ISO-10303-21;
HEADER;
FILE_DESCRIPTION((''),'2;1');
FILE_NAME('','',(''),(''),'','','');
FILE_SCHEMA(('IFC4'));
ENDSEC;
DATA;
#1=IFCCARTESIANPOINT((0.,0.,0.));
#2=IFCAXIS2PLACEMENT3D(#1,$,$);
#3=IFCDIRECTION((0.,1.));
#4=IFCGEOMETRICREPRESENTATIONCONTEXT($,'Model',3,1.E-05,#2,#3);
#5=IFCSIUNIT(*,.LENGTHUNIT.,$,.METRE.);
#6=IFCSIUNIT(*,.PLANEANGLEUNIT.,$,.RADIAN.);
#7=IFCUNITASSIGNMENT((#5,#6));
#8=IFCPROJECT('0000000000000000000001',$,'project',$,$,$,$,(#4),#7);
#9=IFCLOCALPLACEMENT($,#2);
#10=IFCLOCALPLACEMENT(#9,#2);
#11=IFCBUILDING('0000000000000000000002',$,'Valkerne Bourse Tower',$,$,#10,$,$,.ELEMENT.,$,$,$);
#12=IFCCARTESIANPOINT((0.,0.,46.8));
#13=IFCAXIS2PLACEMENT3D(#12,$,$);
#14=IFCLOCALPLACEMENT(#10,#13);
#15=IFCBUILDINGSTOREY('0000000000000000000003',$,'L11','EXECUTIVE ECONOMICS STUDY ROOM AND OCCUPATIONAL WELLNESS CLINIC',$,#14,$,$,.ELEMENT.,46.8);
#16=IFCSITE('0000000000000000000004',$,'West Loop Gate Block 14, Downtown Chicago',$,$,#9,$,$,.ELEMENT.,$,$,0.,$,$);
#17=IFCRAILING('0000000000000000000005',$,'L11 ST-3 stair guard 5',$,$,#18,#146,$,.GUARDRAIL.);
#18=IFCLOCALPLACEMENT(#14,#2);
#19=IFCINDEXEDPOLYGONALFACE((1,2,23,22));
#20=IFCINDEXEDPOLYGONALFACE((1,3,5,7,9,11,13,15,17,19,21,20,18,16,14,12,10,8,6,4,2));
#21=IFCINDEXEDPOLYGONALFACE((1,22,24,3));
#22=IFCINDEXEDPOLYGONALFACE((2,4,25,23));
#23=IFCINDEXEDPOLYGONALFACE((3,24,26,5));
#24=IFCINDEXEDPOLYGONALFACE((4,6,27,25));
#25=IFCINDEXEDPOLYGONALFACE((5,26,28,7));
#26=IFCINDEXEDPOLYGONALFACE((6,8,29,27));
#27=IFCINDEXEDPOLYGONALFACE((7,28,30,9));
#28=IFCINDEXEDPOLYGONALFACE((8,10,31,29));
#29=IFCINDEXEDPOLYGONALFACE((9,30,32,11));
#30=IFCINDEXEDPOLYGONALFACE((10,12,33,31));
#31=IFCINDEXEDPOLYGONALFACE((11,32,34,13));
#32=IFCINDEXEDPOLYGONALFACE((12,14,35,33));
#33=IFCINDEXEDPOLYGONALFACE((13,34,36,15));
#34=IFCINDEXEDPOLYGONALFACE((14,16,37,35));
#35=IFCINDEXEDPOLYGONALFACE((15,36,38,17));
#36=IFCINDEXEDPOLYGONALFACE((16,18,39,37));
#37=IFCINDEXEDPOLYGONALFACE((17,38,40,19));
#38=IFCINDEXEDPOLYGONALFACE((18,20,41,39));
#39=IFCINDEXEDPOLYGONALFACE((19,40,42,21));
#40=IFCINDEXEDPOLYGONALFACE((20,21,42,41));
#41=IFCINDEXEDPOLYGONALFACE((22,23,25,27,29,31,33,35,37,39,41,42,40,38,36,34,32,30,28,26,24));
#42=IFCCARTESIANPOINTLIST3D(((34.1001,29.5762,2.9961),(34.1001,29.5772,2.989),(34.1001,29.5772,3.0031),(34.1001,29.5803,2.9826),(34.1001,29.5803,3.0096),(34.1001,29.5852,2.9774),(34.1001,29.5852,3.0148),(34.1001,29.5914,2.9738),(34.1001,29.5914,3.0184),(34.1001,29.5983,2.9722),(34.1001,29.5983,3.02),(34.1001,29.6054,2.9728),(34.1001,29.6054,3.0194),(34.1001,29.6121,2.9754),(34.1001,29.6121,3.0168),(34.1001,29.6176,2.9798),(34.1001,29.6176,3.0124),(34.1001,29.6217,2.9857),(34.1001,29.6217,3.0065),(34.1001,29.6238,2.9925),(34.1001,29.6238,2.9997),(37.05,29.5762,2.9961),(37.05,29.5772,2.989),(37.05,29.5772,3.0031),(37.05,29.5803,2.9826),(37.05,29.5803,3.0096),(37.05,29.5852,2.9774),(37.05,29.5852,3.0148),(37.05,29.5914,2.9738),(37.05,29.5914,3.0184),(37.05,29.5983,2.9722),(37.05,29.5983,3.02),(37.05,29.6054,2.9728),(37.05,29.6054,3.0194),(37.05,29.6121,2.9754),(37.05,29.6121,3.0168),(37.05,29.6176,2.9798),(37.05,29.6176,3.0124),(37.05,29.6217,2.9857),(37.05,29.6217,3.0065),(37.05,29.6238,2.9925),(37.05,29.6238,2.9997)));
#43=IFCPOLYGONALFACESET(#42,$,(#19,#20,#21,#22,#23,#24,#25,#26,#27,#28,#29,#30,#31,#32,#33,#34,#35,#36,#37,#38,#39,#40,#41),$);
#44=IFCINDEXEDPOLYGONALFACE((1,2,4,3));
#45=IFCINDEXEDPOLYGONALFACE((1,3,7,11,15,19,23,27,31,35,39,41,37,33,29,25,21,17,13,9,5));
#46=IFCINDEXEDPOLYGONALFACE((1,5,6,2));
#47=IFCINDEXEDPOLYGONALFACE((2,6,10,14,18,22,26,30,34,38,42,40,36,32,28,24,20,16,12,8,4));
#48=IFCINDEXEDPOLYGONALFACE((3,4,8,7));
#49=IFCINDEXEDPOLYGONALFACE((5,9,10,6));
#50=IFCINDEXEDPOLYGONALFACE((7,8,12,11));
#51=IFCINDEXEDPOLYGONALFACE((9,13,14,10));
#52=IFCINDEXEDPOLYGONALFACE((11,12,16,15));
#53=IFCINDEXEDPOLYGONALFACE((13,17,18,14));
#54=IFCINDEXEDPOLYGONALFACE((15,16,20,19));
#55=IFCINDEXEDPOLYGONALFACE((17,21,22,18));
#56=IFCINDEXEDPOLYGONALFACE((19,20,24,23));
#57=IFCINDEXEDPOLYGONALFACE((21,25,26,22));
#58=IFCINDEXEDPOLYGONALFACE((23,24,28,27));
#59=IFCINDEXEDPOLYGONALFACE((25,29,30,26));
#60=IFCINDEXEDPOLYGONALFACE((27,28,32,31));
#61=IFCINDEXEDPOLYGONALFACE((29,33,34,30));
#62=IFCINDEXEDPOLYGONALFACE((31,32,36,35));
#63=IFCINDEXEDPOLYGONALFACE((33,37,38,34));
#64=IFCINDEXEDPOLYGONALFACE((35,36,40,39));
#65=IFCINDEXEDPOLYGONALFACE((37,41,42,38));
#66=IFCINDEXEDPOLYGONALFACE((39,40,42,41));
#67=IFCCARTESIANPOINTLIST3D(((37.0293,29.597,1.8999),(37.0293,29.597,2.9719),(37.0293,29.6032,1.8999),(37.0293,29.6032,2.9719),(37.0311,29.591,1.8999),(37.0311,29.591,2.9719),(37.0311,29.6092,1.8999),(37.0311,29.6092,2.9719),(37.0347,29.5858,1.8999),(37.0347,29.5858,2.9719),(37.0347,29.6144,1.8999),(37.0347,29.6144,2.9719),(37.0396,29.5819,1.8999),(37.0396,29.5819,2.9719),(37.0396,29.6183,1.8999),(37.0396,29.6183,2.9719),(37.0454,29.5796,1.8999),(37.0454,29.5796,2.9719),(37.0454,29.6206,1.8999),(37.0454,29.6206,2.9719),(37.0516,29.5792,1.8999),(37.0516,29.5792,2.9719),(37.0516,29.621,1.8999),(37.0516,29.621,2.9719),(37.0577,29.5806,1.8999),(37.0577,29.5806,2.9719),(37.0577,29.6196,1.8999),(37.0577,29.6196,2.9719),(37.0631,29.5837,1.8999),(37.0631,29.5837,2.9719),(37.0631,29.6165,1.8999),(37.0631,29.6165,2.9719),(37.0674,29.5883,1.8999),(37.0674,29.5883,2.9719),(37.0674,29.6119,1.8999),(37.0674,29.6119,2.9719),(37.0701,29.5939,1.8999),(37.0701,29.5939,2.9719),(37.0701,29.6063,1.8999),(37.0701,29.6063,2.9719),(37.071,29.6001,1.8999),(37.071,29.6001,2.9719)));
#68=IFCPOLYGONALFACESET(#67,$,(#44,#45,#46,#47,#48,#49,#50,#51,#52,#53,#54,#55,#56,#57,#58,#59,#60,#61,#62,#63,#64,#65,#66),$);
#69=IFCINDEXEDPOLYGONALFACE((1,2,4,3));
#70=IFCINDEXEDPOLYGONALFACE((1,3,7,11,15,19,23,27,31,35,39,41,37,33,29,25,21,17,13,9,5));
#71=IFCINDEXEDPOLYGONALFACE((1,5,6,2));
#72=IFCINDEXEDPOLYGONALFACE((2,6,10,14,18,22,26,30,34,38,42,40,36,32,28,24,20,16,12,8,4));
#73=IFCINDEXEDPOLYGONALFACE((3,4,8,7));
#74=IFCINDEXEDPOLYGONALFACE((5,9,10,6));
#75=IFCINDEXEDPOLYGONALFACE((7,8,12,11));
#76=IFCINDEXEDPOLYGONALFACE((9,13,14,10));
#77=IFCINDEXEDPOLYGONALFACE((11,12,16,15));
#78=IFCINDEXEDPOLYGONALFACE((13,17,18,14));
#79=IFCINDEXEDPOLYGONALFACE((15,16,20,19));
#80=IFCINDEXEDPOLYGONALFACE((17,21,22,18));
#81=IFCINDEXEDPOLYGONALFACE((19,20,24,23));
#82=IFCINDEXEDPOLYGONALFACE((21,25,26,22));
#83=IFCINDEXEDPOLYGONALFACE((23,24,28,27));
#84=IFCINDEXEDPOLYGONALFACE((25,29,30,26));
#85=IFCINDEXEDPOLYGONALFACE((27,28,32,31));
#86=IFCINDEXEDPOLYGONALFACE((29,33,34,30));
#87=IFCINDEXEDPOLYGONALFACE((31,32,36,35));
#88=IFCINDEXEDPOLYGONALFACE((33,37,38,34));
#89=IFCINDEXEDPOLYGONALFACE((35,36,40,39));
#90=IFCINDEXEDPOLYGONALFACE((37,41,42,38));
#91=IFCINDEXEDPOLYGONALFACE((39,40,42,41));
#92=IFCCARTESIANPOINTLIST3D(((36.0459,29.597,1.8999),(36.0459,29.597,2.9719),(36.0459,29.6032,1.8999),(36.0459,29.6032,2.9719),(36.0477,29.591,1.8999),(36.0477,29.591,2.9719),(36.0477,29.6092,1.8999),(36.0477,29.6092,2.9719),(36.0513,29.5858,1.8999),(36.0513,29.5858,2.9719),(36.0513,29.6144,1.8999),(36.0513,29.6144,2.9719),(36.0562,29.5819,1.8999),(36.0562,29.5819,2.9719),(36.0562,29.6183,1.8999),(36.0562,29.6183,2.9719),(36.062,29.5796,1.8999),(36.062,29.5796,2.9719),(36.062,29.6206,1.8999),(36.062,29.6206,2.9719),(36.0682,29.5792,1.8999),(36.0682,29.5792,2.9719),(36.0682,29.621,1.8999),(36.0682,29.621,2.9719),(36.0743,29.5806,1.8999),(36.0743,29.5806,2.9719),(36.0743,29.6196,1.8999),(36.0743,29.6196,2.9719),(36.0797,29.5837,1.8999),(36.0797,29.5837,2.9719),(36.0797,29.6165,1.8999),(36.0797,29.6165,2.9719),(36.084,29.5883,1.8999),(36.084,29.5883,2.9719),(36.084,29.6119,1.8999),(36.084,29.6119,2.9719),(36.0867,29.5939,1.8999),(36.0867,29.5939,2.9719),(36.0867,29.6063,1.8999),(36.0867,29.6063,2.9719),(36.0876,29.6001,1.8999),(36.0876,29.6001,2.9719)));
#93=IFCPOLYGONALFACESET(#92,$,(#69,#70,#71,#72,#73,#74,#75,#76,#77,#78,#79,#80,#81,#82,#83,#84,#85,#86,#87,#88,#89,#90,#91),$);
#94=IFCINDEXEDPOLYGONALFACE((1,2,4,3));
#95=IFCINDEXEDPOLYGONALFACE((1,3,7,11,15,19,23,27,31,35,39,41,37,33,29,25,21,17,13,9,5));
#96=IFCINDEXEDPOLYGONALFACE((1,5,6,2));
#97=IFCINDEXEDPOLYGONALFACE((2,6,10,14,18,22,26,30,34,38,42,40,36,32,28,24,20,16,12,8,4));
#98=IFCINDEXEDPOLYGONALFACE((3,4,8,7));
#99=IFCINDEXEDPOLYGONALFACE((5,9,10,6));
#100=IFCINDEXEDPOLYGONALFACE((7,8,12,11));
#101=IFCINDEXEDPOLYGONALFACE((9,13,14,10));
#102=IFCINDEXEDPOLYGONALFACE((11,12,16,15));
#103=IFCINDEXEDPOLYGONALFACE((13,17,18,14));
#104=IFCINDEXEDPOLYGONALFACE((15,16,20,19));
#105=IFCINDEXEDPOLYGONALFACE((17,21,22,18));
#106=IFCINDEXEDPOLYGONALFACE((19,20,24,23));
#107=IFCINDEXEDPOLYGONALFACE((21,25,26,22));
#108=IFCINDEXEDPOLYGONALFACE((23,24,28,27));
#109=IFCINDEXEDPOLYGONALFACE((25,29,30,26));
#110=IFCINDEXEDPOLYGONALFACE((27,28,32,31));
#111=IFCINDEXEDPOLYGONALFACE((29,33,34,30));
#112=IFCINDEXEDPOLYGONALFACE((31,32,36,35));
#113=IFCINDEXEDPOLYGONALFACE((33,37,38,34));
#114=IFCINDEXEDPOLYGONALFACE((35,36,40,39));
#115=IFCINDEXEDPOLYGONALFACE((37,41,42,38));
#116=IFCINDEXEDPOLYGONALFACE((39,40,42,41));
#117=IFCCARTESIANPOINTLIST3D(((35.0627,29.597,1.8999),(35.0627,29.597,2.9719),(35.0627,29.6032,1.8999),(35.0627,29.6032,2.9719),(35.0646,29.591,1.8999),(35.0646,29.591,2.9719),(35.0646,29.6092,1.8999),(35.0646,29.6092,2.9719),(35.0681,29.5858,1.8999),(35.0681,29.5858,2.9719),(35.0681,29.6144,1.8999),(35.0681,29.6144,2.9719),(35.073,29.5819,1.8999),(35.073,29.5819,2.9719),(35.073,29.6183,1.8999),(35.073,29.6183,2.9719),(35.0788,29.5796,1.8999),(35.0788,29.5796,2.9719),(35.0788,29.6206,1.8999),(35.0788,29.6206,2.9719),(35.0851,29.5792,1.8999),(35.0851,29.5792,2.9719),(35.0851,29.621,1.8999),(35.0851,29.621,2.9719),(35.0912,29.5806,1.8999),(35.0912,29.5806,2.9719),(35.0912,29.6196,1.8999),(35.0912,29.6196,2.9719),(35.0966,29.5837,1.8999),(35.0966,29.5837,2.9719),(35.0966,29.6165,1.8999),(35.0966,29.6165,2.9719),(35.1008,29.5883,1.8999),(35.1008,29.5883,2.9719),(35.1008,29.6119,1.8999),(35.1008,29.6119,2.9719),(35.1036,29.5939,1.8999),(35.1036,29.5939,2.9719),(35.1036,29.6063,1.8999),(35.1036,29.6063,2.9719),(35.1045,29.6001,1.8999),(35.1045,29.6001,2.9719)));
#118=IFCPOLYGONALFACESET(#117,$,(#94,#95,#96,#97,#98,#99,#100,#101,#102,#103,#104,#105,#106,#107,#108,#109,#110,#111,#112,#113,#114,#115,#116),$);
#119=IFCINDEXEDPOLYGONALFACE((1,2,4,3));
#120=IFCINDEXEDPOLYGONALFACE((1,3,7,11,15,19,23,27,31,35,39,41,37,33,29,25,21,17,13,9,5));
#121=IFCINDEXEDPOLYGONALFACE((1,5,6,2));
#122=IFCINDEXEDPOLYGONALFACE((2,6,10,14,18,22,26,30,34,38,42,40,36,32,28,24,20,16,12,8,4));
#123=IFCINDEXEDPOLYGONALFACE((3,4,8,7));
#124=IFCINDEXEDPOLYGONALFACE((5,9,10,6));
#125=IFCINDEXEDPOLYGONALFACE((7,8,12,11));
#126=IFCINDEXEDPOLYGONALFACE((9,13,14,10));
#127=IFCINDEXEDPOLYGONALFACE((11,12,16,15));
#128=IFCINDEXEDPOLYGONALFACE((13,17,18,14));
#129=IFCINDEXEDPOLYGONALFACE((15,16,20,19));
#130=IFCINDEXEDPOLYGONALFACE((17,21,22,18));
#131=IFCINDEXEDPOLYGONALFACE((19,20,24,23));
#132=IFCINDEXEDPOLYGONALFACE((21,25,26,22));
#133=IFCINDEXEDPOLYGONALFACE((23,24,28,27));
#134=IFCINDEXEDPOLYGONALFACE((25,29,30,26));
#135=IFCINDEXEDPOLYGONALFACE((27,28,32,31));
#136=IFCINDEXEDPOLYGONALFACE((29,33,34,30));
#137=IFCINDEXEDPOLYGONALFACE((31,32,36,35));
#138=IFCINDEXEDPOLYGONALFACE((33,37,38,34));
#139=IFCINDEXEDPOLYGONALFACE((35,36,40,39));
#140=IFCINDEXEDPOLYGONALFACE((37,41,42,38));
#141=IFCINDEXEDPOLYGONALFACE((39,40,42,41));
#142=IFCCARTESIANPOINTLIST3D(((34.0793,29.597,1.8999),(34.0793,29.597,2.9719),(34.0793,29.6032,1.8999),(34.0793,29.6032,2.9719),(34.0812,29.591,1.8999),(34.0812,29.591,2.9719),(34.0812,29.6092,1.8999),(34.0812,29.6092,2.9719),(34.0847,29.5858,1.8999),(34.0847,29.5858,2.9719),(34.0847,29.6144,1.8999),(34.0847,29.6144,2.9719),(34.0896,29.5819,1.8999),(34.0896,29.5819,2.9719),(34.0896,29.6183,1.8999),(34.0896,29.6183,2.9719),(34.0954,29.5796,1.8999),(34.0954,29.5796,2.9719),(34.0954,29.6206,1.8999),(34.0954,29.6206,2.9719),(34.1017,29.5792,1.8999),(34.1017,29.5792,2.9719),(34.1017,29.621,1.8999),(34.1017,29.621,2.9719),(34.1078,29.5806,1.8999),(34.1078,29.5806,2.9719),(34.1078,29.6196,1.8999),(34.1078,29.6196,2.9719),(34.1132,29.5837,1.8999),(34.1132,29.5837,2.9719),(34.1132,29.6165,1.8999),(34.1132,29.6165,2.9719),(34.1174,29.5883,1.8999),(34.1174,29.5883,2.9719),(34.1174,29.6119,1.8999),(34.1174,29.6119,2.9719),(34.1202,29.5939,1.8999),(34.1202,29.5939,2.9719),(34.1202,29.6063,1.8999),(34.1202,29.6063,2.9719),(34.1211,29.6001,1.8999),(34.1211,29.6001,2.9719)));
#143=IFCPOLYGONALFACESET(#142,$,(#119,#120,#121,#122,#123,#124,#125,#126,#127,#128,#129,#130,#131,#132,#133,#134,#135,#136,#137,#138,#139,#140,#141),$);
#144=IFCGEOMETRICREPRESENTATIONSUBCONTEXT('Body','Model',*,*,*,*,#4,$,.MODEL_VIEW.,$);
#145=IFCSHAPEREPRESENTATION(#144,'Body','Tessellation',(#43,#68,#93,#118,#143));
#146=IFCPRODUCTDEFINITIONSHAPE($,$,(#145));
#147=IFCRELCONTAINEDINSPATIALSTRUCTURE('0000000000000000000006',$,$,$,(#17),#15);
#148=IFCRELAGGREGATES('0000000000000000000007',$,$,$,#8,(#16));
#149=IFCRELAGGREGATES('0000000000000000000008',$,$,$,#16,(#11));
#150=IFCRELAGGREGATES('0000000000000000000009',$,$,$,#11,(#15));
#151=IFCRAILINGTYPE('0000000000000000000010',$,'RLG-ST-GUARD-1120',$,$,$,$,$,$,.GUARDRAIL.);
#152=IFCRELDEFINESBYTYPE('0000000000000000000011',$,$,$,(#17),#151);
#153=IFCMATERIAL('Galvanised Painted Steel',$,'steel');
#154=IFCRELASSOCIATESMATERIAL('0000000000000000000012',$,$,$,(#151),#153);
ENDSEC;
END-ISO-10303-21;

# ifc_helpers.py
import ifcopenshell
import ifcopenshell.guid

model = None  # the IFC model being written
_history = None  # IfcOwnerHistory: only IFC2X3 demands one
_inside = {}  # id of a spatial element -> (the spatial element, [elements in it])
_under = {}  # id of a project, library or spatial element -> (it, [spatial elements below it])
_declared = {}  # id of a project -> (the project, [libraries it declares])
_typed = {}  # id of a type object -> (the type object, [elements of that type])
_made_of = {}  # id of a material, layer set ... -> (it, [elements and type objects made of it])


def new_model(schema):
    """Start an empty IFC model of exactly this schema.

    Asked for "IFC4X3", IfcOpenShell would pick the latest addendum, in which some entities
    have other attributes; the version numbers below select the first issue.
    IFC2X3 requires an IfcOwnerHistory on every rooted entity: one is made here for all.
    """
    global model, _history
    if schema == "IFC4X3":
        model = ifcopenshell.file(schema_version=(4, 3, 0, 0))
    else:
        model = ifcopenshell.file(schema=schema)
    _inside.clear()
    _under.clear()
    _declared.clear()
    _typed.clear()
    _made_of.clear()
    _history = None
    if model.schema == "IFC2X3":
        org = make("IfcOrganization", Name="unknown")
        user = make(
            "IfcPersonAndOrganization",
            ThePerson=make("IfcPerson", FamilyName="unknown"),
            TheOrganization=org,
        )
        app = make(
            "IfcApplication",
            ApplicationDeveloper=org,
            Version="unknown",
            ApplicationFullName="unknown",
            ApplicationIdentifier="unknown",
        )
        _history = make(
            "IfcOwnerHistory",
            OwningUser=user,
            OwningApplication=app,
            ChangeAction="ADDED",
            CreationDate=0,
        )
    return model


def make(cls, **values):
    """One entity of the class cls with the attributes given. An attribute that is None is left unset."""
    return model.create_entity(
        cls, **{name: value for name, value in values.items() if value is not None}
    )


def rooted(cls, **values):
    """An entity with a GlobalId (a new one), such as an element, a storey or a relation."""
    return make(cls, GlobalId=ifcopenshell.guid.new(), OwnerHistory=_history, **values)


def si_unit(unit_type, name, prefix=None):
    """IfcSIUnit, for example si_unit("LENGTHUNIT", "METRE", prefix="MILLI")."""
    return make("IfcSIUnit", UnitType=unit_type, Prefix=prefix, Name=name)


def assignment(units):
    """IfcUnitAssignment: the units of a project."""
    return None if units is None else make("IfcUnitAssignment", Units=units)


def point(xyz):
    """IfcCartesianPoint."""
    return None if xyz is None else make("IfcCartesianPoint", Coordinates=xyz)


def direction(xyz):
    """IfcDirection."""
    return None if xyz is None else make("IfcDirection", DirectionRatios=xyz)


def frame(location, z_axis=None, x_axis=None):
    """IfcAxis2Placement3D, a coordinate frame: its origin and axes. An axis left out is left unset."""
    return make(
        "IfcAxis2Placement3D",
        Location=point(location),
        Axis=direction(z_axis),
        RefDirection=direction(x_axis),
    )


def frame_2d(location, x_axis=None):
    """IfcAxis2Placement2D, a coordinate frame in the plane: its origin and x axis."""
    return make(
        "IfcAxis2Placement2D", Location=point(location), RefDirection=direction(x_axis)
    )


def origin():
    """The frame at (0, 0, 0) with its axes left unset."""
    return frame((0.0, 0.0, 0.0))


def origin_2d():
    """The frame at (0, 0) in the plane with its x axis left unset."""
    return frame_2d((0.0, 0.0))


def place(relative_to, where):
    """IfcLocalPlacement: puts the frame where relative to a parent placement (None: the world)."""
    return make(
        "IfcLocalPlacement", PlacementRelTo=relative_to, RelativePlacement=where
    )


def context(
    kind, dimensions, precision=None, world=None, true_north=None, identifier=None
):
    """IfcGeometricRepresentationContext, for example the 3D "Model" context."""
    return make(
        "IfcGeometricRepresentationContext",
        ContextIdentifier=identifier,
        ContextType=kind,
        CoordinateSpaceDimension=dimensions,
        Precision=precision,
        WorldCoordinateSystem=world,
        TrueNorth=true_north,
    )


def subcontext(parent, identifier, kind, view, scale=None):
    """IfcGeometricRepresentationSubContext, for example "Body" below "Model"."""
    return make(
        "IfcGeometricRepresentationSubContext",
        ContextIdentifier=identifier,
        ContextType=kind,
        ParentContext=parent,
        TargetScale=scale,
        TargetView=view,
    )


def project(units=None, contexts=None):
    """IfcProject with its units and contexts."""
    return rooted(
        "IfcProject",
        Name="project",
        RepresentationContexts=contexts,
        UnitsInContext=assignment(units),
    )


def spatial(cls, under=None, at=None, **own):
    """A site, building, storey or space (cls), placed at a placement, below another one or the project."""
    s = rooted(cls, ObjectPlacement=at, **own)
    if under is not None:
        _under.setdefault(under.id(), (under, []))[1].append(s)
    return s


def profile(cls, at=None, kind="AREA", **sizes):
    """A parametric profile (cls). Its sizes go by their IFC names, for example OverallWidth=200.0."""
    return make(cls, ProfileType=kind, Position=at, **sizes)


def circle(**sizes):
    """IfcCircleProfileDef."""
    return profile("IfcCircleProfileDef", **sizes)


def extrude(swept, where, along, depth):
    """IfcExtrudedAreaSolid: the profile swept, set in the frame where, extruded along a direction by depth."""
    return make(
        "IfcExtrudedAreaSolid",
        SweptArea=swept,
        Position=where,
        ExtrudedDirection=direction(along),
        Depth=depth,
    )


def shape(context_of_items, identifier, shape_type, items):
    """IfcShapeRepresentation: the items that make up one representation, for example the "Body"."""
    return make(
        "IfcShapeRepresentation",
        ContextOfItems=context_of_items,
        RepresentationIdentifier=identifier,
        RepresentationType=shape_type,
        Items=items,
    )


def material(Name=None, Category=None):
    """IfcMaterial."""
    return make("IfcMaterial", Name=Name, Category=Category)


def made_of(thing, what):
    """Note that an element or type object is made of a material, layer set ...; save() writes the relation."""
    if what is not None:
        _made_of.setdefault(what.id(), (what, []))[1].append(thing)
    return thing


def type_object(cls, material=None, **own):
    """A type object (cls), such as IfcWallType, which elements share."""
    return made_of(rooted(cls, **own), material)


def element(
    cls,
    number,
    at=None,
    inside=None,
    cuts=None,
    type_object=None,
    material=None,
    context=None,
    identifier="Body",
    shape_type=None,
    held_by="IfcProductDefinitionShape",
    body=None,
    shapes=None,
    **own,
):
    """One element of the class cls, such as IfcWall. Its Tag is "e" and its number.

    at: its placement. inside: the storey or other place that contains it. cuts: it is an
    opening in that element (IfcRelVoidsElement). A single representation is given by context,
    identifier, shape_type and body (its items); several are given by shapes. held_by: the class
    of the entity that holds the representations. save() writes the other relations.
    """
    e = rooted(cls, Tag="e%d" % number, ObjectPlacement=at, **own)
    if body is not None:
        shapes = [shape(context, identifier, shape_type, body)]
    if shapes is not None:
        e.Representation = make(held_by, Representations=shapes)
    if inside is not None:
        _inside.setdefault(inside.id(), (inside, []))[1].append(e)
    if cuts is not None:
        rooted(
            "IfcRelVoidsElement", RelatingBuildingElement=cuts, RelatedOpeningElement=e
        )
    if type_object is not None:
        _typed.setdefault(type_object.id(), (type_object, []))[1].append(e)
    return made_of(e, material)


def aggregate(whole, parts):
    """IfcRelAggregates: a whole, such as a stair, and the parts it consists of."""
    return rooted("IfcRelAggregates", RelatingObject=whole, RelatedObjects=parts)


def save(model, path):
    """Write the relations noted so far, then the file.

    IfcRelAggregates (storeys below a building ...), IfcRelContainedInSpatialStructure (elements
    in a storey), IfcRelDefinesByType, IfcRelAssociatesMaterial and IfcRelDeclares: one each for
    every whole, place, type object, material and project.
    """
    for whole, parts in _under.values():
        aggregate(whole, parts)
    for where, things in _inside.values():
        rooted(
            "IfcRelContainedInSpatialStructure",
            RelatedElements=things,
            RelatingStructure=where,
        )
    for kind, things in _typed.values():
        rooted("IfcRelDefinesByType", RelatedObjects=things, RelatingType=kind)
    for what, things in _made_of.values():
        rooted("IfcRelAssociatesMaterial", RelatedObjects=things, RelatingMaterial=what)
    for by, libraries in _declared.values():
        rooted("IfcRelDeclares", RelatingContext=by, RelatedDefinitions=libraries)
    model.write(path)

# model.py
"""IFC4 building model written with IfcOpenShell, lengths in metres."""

from ifc_helpers import new_model, si_unit, direction, frame, origin, origin_2d, place, context, subcontext, project, spatial, circle, extrude, material, type_object, element, save


model = new_model("IFC4")

# Units and contexts
model_context = context("Model", 3, precision=1e-05, world=origin(), true_north=direction((0.0, 1.0)))
body_context = subcontext(model_context, "Body", "Model", "MODEL_VIEW")
ifc_project = project(units=[si_unit("LENGTHUNIT", "METRE"), si_unit("PLANEANGLEUNIT", "RADIAN")], contexts=[model_context])

# Site, building, storey
site_placement = place(None, origin())
site = spatial("IfcSite", under=ifc_project, at=site_placement, Name="West Loop Gate Block 14, Downtown Chicago", CompositionType="ELEMENT", RefElevation=0.0)
building_placement = place(site_placement, origin())
building = spatial("IfcBuilding", under=site, at=building_placement, Name="Valkerne Bourse Tower", CompositionType="ELEMENT")
storey_placement = place(building_placement, frame((0.0, 0.0, 46.8)))
storey = spatial("IfcBuildingStorey", under=building, at=storey_placement, Name="L11", Description="EXECUTIVE ECONOMICS STUDY ROOM AND OCCUPATIONAL WELLNESS CLINIC", CompositionType="ELEMENT", Elevation=46.8)

# Shared definitions
ifc_material_1 = material(Name="Galvanised Painted Steel", Category="steel")

# Railing
railing_type_1 = type_object("IfcRailingType", Name="RLG-ST-GUARD-1120", PredefinedType="GUARDRAIL", material=ifc_material_1)
railing_1_placement = place(storey_placement, frame((37.05, 29.6001, 1.8999)))
element("IfcRailing", 1, at=railing_1_placement, inside=storey, type_object=railing_type_1, Name="L11 ST-3 stair guard 5", PredefinedType="GUARDRAIL", context=body_context, shape_type="SweptSolid", body=[
    extrude(circle(Radius=0.0239, at=origin_2d()), frame((0.0, 0.0, 1.0962), z_axis=(-1.0, 0.0, 0.0), x_axis=(0.0, -1.0, 0.0)), (0.0, 0.0, 1.0), 2.95),
    extrude(circle(Radius=0.021, at=origin_2d()), origin(), (0.0, 0.0, 1.0), 1.072),
    extrude(circle(Radius=0.021, at=origin_2d()), frame((-0.9834, 0.0, 0.0)), (0.0, 0.0, 1.0), 1.072),
    extrude(circle(Radius=0.021, at=origin_2d()), frame((-1.9666, 0.0, 0.0)), (0.0, 0.0, 1.0), 1.072),
    extrude(circle(Radius=0.021, at=origin_2d()), frame((-2.95, 0.0, 0.0)), (0.0, 0.0, 1.0), 1.072),
])

save(model, "model.ifc")
